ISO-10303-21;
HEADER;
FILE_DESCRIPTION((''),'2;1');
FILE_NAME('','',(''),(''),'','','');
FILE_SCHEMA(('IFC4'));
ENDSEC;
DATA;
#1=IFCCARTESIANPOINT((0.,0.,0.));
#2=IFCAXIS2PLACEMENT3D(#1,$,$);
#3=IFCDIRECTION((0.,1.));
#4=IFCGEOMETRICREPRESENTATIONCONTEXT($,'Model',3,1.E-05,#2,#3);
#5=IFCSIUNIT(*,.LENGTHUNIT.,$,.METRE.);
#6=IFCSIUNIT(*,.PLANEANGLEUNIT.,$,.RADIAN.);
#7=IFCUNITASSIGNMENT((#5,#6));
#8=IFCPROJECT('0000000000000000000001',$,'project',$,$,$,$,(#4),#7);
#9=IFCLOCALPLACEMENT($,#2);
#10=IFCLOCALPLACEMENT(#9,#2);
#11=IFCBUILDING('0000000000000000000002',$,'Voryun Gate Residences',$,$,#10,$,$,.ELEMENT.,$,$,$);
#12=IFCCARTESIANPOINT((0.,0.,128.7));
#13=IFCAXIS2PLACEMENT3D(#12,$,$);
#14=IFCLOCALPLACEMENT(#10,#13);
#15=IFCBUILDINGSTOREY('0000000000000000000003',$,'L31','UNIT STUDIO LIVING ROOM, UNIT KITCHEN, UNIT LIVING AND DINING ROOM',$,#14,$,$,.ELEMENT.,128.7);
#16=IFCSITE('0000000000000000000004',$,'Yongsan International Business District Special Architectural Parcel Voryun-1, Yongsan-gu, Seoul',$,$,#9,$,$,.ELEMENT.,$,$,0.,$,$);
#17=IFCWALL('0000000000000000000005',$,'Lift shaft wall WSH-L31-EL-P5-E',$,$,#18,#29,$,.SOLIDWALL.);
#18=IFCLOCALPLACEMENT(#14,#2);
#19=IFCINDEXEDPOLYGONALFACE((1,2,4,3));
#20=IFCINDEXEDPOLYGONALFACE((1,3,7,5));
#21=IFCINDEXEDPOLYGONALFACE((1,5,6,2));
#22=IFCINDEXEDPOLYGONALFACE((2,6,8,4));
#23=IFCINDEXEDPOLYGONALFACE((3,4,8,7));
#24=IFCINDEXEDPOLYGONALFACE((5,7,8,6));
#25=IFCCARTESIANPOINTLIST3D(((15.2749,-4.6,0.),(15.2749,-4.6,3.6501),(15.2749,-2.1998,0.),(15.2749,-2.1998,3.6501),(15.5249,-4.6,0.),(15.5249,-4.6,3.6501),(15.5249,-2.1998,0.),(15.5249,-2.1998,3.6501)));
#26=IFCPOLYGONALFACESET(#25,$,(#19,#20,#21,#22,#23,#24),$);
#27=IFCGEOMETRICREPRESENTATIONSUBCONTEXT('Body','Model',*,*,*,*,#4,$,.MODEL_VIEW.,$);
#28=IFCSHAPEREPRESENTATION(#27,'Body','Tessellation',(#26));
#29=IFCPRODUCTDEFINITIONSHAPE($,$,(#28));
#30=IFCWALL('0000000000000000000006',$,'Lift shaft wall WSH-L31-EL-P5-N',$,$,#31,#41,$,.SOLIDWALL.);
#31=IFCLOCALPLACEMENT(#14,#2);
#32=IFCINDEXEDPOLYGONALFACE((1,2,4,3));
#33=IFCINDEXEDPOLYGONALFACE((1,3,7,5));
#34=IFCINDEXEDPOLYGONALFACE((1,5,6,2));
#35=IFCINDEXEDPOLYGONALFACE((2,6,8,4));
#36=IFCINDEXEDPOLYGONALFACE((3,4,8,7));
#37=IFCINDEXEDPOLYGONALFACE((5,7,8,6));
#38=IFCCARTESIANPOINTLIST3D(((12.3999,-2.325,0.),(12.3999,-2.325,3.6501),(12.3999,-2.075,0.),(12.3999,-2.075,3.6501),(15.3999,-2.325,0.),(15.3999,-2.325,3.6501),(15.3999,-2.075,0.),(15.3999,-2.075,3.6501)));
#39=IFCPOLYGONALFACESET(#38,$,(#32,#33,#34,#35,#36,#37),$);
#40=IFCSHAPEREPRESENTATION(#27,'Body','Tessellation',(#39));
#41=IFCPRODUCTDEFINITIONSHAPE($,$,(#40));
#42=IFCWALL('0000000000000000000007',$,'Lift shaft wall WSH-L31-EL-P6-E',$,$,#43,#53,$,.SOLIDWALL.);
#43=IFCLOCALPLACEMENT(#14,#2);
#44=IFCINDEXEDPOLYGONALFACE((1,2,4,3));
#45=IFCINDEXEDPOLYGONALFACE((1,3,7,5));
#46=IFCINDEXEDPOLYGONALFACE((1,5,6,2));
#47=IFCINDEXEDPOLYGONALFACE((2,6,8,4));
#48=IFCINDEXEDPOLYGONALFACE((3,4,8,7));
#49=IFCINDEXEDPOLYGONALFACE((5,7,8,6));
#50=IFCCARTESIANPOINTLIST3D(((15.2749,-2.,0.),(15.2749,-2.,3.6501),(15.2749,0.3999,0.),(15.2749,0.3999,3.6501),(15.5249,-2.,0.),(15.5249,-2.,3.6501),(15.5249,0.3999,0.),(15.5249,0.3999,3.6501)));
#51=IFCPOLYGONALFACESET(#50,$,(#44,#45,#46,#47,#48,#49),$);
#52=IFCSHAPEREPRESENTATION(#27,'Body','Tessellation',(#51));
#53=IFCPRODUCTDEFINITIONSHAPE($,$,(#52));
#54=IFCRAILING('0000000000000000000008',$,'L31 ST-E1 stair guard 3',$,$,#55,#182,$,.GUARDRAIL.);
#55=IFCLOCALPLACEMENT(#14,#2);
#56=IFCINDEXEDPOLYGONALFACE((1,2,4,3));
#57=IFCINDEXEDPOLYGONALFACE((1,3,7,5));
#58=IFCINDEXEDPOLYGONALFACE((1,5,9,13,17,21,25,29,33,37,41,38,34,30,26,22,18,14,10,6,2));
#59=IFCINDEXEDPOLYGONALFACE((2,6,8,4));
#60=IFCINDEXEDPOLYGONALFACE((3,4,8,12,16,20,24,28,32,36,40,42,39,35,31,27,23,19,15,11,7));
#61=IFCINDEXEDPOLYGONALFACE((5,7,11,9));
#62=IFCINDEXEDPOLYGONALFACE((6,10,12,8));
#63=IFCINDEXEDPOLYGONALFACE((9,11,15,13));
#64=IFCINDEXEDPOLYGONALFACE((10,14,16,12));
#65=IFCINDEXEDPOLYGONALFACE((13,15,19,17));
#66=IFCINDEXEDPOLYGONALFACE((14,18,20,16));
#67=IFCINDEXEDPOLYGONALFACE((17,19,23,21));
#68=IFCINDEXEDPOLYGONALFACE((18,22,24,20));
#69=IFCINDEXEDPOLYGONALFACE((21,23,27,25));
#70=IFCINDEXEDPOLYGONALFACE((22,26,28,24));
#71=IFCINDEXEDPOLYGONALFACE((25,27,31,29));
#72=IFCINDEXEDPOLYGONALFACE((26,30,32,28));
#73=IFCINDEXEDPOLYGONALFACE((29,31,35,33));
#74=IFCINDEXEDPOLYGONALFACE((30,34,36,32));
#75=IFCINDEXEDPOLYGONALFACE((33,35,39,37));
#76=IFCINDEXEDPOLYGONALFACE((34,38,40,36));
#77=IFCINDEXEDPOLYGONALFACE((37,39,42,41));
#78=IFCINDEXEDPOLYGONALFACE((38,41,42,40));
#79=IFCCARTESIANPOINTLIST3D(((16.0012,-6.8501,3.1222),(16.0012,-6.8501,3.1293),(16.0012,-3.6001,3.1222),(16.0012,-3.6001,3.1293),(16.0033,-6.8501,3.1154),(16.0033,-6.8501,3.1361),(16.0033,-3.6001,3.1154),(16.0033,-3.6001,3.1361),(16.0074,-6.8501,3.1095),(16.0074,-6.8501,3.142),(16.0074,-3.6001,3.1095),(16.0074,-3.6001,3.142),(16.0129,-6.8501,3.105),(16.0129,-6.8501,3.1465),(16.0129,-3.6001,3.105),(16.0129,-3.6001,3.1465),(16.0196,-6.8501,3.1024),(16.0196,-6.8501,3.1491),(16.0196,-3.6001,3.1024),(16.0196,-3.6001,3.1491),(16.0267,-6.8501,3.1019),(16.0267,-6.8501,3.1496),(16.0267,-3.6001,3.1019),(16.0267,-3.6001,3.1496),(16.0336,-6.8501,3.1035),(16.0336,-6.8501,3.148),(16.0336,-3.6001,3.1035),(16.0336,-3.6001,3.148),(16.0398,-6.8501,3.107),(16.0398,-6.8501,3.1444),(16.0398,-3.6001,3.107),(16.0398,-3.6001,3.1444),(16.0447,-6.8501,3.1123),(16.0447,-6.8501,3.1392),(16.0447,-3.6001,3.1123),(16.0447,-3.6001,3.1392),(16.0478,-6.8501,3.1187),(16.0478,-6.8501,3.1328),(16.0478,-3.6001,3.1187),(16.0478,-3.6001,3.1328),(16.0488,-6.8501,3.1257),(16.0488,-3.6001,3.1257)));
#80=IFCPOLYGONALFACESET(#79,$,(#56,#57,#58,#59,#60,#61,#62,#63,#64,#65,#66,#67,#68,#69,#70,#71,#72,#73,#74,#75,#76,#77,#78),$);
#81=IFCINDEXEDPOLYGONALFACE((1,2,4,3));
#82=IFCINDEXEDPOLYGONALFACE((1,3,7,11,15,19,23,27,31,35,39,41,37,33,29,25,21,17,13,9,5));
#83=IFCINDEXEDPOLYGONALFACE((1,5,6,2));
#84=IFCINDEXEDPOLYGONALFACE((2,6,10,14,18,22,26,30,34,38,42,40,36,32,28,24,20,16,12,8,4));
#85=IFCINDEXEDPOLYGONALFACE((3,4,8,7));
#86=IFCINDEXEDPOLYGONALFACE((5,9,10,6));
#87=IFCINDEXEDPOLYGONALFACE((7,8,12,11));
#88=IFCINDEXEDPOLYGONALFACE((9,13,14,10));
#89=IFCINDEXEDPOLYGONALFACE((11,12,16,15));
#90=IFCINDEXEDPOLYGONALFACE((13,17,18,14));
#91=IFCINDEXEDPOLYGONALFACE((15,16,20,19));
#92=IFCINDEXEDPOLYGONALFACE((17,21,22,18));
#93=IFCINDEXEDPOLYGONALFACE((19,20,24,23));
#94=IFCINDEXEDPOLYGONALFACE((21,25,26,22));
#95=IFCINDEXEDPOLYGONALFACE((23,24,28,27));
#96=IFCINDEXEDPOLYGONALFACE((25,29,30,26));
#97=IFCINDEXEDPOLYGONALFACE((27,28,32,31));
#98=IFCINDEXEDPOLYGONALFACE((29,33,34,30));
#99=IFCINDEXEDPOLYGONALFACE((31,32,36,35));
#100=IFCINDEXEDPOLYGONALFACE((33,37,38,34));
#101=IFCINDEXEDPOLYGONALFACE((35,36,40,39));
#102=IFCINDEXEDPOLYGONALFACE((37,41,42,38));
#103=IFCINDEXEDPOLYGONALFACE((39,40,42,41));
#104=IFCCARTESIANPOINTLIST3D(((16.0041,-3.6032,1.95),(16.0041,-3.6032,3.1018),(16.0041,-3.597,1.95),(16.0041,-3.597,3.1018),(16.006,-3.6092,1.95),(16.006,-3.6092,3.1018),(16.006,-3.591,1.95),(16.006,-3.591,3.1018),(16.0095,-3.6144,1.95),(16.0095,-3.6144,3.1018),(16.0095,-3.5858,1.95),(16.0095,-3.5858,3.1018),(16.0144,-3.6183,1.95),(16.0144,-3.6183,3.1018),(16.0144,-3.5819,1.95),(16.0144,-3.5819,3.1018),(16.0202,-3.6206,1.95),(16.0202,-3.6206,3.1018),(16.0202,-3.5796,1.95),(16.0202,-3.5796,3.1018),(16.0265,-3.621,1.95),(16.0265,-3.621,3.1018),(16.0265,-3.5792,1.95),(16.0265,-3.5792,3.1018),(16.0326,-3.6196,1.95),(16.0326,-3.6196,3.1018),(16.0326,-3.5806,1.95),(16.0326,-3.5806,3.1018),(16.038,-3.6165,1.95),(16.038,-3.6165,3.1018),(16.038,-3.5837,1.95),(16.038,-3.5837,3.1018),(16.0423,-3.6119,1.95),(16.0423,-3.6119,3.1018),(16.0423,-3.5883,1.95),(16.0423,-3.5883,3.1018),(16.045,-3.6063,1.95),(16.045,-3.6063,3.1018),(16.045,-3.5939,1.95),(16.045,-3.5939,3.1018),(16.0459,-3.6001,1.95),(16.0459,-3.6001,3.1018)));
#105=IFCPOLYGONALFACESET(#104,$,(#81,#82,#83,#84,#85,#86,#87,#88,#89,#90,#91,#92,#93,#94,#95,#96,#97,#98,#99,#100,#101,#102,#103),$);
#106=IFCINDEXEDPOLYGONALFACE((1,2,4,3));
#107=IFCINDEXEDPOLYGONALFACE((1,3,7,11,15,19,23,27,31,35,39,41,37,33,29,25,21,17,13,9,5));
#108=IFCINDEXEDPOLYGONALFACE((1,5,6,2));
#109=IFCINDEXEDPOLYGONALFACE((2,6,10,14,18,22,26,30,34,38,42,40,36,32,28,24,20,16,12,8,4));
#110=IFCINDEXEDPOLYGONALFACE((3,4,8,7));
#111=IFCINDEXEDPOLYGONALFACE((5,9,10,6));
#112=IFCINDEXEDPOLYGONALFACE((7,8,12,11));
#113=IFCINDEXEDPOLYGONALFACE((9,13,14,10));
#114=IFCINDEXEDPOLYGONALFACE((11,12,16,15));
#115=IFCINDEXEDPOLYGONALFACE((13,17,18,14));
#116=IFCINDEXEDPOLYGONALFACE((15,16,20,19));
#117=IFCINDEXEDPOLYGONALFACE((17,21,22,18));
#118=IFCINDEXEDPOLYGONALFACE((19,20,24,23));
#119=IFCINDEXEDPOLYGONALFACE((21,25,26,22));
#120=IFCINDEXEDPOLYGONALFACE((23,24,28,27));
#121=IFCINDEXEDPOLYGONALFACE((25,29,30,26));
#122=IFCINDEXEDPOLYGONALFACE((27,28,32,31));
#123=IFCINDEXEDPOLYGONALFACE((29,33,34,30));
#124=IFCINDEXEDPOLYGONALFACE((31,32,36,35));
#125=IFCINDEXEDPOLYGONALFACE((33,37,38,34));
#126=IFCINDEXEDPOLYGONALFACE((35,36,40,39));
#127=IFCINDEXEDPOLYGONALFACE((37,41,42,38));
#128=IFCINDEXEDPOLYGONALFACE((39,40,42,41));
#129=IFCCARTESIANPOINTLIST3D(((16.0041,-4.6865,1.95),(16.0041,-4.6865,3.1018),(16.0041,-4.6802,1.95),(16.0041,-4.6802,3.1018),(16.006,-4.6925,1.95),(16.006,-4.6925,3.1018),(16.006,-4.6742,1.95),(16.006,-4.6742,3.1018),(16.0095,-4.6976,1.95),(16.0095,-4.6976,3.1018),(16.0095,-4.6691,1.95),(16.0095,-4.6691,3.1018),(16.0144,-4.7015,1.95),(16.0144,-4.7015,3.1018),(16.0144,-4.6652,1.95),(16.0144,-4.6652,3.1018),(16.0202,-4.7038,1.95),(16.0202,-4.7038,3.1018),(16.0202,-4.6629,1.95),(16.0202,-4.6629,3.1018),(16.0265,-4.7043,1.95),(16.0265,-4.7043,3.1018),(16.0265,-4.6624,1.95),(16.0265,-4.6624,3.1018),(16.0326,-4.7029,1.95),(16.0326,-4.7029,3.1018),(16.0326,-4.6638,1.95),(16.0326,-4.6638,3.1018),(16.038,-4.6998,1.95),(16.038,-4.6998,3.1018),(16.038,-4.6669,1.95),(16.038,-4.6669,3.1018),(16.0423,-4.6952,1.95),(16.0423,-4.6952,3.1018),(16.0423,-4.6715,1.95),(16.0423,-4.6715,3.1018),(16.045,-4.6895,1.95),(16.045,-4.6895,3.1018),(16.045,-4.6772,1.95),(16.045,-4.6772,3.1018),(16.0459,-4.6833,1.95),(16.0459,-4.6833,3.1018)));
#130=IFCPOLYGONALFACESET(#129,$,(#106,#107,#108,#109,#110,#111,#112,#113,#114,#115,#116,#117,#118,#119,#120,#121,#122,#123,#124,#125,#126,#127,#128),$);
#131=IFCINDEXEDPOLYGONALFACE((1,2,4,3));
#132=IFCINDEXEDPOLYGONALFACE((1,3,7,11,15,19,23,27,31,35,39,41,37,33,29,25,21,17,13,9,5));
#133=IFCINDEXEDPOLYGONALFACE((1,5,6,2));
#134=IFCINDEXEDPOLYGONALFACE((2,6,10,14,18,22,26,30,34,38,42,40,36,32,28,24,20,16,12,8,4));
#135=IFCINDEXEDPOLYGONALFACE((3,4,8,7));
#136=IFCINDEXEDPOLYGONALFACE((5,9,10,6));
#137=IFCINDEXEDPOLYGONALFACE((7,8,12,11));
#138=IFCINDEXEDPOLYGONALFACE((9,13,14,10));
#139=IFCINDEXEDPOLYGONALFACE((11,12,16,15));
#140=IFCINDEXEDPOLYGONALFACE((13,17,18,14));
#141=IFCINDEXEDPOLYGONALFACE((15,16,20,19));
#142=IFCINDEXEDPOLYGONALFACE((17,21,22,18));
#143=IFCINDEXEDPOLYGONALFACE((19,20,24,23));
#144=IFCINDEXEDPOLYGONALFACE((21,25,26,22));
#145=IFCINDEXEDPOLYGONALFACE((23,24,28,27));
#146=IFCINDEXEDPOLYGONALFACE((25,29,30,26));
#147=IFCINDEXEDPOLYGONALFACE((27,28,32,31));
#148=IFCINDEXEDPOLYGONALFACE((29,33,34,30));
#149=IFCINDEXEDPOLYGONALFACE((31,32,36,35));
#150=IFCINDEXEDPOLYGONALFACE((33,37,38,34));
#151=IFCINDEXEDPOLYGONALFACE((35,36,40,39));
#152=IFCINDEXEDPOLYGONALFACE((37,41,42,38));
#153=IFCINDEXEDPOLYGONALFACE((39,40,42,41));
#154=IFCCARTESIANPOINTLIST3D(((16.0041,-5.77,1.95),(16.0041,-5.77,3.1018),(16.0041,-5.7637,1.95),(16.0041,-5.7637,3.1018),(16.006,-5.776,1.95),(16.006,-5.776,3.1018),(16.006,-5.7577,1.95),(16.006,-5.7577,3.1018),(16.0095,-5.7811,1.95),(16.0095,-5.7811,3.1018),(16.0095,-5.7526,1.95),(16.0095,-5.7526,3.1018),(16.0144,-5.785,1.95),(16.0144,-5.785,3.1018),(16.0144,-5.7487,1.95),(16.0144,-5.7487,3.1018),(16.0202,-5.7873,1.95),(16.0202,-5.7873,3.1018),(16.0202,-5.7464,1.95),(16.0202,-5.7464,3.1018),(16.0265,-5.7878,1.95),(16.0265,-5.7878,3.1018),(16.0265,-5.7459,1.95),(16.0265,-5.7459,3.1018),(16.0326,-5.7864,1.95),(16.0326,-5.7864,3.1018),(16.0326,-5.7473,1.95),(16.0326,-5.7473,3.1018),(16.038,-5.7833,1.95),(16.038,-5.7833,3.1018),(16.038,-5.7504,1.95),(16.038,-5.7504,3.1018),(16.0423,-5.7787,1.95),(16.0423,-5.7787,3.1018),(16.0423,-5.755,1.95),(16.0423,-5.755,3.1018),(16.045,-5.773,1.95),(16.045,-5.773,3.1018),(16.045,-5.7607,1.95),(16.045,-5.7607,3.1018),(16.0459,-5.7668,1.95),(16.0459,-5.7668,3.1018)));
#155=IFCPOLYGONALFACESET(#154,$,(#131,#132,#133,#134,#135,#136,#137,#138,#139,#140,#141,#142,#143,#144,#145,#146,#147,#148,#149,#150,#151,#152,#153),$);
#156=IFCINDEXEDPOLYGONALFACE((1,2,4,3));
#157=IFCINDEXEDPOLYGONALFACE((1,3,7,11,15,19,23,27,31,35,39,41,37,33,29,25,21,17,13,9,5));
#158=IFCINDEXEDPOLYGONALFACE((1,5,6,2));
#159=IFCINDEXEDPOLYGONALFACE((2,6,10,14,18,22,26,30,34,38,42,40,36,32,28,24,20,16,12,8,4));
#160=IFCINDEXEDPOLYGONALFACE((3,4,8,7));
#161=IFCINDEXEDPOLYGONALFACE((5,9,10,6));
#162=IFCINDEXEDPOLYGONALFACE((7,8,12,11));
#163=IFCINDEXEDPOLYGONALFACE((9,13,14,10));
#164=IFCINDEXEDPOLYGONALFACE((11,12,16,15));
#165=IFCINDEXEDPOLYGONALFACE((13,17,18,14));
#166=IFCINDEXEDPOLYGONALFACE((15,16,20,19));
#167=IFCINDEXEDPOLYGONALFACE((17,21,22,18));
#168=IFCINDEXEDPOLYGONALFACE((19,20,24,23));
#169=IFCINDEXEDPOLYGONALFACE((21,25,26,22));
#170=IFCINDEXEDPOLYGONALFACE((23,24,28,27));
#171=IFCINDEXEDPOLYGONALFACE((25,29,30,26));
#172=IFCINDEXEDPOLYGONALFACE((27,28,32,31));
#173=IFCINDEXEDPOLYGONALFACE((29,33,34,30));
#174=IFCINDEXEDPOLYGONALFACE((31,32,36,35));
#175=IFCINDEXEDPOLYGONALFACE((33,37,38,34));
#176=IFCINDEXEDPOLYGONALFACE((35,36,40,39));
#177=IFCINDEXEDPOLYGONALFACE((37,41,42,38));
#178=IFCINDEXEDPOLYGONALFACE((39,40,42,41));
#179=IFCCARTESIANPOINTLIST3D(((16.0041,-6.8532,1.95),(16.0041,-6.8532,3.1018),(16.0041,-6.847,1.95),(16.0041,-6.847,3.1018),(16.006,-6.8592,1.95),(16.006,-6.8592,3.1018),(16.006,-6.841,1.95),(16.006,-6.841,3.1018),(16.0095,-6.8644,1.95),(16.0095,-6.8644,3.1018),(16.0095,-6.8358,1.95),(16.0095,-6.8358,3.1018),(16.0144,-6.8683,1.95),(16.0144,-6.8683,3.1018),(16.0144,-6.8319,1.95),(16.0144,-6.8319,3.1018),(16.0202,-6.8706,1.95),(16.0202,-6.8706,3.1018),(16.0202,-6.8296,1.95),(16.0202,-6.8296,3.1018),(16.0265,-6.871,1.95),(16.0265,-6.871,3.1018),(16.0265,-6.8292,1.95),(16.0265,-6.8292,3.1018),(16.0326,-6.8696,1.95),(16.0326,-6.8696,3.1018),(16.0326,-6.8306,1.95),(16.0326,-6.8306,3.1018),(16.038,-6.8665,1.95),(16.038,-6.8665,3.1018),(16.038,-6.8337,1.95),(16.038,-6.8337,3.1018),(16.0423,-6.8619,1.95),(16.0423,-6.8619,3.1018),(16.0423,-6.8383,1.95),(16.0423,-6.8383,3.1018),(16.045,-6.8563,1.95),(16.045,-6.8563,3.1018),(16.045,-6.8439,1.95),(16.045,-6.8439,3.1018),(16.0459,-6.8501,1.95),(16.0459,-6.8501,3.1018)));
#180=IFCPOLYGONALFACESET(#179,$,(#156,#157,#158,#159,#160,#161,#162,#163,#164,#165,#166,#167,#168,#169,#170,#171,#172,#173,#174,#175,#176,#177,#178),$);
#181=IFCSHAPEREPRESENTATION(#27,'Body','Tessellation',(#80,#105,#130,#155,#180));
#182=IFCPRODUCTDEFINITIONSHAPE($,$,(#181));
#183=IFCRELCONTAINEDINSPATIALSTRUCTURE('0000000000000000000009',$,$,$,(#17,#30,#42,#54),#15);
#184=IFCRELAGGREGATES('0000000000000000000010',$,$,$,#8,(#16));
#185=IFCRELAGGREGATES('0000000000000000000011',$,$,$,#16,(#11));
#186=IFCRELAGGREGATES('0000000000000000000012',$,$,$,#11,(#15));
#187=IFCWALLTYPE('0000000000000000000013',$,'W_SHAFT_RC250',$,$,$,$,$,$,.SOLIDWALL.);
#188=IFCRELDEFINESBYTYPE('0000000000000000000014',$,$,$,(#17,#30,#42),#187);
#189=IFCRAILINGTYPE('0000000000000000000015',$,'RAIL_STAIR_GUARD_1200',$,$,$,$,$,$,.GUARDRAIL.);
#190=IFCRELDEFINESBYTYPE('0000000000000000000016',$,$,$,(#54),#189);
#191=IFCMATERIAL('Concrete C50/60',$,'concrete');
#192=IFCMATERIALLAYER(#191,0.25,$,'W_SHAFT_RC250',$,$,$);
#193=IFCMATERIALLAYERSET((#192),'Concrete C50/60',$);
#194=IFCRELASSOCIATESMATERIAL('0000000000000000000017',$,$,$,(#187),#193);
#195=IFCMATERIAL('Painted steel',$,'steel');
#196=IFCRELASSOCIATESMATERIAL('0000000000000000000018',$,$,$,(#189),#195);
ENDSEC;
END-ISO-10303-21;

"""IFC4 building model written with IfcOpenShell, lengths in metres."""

from ifc_helpers import new_model, si_unit, direction, frame, frame_2d, origin, origin_2d, place, context, subcontext, project, spatial, rectangle, circle, extrude, material, layer, layer_set, type_object, element, save


model = new_model("IFC4")

# Units and contexts
model_context = context("Model", 3, precision=1e-05, world=origin(), true_north=direction((0.0, 1.0)))
body_context = subcontext(model_context, "Body", "Model", "MODEL_VIEW")
ifc_project = project(units=[si_unit("LENGTHUNIT", "METRE"), si_unit("PLANEANGLEUNIT", "RADIAN")], contexts=[model_context])

# Site, building, storey
site_placement = place(None, origin())
site = spatial("IfcSite", under=ifc_project, at=site_placement, Name="Yongsan International Business District Special Architectural Parcel Voryun-1, Yongsan-gu, Seoul", CompositionType="ELEMENT", RefElevation=0.0)
building_placement = place(site_placement, origin())
building = spatial("IfcBuilding", under=site, at=building_placement, Name="Voryun Gate Residences", CompositionType="ELEMENT")
storey_placement = place(building_placement, frame((0.0, 0.0, 128.7)))
storey = spatial("IfcBuildingStorey", under=building, at=storey_placement, Name="L31", Description="UNIT STUDIO LIVING ROOM, UNIT KITCHEN, UNIT LIVING AND DINING ROOM", CompositionType="ELEMENT", Elevation=128.7)

# Walls
ifc_material_1 = material(Name="Concrete C50/60", Category="concrete")
ifc_layer_1 = layer(ifc_material_1, 0.25, Name="W_SHAFT_RC250")
ifc_layer_set_1 = layer_set([ifc_layer_1], Name="Concrete C50/60")
wall_type_1 = type_object("IfcWallType", Name="W_SHAFT_RC250", PredefinedType="SOLIDWALL", material=ifc_layer_set_1)
wall_1_placement = place(storey_placement, frame((15.3999, -4.6001, 0.0), z_axis=(0.0, 0.0, 1.0), x_axis=(0.0, 1.0, 0.0)))
element("IfcWall", 1, at=wall_1_placement, inside=storey, type_object=wall_type_1, Name="Lift shaft wall WSH-L31-EL-P5-E", PredefinedType="SOLIDWALL", context=body_context, shape_type="SweptSolid", body=[
    extrude(rectangle(XDim=2.4001, YDim=0.25, at=frame_2d((1.2002, 0.0))), origin(), (0.0, 0.0, 1.0), 3.6501),
])
wall_2_placement = place(storey_placement, frame((15.3999, -2.2, 0.0), z_axis=(0.0, 0.0, 1.0), x_axis=(-1.0, 0.0, 0.0)))
element("IfcWall", 2, at=wall_2_placement, inside=storey, type_object=wall_type_1, Name="Lift shaft wall WSH-L31-EL-P5-N", PredefinedType="SOLIDWALL", context=body_context, shape_type="SweptSolid", body=[
    extrude(rectangle(XDim=3.0, YDim=0.25, at=frame_2d((1.5, 0.0))), origin(), (0.0, 0.0, 1.0), 3.6501),
])
wall_3_placement = place(storey_placement, frame((15.3999, -2.0, 0.0), z_axis=(0.0, 0.0, 1.0), x_axis=(0.0, 1.0, 0.0)))
element("IfcWall", 3, at=wall_3_placement, inside=storey, type_object=wall_type_1, Name="Lift shaft wall WSH-L31-EL-P6-E", PredefinedType="SOLIDWALL", context=body_context, shape_type="SweptSolid", body=[
    extrude(rectangle(XDim=2.3999, YDim=0.25, at=frame_2d((1.2, 0.0))), origin(), (0.0, 0.0, 1.0), 3.6501),
])

# Railing
ifc_material_2 = material(Name="Painted steel", Category="steel")
railing_type_1 = type_object("IfcRailingType", Name="RAIL_STAIR_GUARD_1200", PredefinedType="GUARDRAIL", material=ifc_material_2)
railing_1_placement = place(storey_placement, frame((16.0249, -3.6001, 1.95)))
element("IfcRailing", 4, at=railing_1_placement, inside=storey, type_object=railing_type_1, Name="L31 ST-E1 stair guard 3", PredefinedType="GUARDRAIL", context=body_context, shape_type="SweptSolid", body=[
    extrude(circle(Radius=0.0239, at=origin_2d()), frame((0.0, 0.0, 1.1758), z_axis=(0.0, -1.0, 0.0), x_axis=(1.0, 0.0, 0.0)), (0.0, 0.0, 1.0), 3.25),
    extrude(circle(Radius=0.021, at=origin_2d()), origin(), (0.0, 0.0, 1.0), 1.1519),
    extrude(circle(Radius=0.021, at=origin_2d()), frame((0.0, -1.0833, 0.0)), (0.0, 0.0, 1.0), 1.1519),
    extrude(circle(Radius=0.021, at=origin_2d()), frame((0.0, -2.1667, 0.0)), (0.0, 0.0, 1.0), 1.1519),
    extrude(circle(Radius=0.021, at=origin_2d()), frame((0.0, -3.25, 0.0)), (0.0, 0.0, 1.0), 1.1519),
])

save(model, "model.ifc")
